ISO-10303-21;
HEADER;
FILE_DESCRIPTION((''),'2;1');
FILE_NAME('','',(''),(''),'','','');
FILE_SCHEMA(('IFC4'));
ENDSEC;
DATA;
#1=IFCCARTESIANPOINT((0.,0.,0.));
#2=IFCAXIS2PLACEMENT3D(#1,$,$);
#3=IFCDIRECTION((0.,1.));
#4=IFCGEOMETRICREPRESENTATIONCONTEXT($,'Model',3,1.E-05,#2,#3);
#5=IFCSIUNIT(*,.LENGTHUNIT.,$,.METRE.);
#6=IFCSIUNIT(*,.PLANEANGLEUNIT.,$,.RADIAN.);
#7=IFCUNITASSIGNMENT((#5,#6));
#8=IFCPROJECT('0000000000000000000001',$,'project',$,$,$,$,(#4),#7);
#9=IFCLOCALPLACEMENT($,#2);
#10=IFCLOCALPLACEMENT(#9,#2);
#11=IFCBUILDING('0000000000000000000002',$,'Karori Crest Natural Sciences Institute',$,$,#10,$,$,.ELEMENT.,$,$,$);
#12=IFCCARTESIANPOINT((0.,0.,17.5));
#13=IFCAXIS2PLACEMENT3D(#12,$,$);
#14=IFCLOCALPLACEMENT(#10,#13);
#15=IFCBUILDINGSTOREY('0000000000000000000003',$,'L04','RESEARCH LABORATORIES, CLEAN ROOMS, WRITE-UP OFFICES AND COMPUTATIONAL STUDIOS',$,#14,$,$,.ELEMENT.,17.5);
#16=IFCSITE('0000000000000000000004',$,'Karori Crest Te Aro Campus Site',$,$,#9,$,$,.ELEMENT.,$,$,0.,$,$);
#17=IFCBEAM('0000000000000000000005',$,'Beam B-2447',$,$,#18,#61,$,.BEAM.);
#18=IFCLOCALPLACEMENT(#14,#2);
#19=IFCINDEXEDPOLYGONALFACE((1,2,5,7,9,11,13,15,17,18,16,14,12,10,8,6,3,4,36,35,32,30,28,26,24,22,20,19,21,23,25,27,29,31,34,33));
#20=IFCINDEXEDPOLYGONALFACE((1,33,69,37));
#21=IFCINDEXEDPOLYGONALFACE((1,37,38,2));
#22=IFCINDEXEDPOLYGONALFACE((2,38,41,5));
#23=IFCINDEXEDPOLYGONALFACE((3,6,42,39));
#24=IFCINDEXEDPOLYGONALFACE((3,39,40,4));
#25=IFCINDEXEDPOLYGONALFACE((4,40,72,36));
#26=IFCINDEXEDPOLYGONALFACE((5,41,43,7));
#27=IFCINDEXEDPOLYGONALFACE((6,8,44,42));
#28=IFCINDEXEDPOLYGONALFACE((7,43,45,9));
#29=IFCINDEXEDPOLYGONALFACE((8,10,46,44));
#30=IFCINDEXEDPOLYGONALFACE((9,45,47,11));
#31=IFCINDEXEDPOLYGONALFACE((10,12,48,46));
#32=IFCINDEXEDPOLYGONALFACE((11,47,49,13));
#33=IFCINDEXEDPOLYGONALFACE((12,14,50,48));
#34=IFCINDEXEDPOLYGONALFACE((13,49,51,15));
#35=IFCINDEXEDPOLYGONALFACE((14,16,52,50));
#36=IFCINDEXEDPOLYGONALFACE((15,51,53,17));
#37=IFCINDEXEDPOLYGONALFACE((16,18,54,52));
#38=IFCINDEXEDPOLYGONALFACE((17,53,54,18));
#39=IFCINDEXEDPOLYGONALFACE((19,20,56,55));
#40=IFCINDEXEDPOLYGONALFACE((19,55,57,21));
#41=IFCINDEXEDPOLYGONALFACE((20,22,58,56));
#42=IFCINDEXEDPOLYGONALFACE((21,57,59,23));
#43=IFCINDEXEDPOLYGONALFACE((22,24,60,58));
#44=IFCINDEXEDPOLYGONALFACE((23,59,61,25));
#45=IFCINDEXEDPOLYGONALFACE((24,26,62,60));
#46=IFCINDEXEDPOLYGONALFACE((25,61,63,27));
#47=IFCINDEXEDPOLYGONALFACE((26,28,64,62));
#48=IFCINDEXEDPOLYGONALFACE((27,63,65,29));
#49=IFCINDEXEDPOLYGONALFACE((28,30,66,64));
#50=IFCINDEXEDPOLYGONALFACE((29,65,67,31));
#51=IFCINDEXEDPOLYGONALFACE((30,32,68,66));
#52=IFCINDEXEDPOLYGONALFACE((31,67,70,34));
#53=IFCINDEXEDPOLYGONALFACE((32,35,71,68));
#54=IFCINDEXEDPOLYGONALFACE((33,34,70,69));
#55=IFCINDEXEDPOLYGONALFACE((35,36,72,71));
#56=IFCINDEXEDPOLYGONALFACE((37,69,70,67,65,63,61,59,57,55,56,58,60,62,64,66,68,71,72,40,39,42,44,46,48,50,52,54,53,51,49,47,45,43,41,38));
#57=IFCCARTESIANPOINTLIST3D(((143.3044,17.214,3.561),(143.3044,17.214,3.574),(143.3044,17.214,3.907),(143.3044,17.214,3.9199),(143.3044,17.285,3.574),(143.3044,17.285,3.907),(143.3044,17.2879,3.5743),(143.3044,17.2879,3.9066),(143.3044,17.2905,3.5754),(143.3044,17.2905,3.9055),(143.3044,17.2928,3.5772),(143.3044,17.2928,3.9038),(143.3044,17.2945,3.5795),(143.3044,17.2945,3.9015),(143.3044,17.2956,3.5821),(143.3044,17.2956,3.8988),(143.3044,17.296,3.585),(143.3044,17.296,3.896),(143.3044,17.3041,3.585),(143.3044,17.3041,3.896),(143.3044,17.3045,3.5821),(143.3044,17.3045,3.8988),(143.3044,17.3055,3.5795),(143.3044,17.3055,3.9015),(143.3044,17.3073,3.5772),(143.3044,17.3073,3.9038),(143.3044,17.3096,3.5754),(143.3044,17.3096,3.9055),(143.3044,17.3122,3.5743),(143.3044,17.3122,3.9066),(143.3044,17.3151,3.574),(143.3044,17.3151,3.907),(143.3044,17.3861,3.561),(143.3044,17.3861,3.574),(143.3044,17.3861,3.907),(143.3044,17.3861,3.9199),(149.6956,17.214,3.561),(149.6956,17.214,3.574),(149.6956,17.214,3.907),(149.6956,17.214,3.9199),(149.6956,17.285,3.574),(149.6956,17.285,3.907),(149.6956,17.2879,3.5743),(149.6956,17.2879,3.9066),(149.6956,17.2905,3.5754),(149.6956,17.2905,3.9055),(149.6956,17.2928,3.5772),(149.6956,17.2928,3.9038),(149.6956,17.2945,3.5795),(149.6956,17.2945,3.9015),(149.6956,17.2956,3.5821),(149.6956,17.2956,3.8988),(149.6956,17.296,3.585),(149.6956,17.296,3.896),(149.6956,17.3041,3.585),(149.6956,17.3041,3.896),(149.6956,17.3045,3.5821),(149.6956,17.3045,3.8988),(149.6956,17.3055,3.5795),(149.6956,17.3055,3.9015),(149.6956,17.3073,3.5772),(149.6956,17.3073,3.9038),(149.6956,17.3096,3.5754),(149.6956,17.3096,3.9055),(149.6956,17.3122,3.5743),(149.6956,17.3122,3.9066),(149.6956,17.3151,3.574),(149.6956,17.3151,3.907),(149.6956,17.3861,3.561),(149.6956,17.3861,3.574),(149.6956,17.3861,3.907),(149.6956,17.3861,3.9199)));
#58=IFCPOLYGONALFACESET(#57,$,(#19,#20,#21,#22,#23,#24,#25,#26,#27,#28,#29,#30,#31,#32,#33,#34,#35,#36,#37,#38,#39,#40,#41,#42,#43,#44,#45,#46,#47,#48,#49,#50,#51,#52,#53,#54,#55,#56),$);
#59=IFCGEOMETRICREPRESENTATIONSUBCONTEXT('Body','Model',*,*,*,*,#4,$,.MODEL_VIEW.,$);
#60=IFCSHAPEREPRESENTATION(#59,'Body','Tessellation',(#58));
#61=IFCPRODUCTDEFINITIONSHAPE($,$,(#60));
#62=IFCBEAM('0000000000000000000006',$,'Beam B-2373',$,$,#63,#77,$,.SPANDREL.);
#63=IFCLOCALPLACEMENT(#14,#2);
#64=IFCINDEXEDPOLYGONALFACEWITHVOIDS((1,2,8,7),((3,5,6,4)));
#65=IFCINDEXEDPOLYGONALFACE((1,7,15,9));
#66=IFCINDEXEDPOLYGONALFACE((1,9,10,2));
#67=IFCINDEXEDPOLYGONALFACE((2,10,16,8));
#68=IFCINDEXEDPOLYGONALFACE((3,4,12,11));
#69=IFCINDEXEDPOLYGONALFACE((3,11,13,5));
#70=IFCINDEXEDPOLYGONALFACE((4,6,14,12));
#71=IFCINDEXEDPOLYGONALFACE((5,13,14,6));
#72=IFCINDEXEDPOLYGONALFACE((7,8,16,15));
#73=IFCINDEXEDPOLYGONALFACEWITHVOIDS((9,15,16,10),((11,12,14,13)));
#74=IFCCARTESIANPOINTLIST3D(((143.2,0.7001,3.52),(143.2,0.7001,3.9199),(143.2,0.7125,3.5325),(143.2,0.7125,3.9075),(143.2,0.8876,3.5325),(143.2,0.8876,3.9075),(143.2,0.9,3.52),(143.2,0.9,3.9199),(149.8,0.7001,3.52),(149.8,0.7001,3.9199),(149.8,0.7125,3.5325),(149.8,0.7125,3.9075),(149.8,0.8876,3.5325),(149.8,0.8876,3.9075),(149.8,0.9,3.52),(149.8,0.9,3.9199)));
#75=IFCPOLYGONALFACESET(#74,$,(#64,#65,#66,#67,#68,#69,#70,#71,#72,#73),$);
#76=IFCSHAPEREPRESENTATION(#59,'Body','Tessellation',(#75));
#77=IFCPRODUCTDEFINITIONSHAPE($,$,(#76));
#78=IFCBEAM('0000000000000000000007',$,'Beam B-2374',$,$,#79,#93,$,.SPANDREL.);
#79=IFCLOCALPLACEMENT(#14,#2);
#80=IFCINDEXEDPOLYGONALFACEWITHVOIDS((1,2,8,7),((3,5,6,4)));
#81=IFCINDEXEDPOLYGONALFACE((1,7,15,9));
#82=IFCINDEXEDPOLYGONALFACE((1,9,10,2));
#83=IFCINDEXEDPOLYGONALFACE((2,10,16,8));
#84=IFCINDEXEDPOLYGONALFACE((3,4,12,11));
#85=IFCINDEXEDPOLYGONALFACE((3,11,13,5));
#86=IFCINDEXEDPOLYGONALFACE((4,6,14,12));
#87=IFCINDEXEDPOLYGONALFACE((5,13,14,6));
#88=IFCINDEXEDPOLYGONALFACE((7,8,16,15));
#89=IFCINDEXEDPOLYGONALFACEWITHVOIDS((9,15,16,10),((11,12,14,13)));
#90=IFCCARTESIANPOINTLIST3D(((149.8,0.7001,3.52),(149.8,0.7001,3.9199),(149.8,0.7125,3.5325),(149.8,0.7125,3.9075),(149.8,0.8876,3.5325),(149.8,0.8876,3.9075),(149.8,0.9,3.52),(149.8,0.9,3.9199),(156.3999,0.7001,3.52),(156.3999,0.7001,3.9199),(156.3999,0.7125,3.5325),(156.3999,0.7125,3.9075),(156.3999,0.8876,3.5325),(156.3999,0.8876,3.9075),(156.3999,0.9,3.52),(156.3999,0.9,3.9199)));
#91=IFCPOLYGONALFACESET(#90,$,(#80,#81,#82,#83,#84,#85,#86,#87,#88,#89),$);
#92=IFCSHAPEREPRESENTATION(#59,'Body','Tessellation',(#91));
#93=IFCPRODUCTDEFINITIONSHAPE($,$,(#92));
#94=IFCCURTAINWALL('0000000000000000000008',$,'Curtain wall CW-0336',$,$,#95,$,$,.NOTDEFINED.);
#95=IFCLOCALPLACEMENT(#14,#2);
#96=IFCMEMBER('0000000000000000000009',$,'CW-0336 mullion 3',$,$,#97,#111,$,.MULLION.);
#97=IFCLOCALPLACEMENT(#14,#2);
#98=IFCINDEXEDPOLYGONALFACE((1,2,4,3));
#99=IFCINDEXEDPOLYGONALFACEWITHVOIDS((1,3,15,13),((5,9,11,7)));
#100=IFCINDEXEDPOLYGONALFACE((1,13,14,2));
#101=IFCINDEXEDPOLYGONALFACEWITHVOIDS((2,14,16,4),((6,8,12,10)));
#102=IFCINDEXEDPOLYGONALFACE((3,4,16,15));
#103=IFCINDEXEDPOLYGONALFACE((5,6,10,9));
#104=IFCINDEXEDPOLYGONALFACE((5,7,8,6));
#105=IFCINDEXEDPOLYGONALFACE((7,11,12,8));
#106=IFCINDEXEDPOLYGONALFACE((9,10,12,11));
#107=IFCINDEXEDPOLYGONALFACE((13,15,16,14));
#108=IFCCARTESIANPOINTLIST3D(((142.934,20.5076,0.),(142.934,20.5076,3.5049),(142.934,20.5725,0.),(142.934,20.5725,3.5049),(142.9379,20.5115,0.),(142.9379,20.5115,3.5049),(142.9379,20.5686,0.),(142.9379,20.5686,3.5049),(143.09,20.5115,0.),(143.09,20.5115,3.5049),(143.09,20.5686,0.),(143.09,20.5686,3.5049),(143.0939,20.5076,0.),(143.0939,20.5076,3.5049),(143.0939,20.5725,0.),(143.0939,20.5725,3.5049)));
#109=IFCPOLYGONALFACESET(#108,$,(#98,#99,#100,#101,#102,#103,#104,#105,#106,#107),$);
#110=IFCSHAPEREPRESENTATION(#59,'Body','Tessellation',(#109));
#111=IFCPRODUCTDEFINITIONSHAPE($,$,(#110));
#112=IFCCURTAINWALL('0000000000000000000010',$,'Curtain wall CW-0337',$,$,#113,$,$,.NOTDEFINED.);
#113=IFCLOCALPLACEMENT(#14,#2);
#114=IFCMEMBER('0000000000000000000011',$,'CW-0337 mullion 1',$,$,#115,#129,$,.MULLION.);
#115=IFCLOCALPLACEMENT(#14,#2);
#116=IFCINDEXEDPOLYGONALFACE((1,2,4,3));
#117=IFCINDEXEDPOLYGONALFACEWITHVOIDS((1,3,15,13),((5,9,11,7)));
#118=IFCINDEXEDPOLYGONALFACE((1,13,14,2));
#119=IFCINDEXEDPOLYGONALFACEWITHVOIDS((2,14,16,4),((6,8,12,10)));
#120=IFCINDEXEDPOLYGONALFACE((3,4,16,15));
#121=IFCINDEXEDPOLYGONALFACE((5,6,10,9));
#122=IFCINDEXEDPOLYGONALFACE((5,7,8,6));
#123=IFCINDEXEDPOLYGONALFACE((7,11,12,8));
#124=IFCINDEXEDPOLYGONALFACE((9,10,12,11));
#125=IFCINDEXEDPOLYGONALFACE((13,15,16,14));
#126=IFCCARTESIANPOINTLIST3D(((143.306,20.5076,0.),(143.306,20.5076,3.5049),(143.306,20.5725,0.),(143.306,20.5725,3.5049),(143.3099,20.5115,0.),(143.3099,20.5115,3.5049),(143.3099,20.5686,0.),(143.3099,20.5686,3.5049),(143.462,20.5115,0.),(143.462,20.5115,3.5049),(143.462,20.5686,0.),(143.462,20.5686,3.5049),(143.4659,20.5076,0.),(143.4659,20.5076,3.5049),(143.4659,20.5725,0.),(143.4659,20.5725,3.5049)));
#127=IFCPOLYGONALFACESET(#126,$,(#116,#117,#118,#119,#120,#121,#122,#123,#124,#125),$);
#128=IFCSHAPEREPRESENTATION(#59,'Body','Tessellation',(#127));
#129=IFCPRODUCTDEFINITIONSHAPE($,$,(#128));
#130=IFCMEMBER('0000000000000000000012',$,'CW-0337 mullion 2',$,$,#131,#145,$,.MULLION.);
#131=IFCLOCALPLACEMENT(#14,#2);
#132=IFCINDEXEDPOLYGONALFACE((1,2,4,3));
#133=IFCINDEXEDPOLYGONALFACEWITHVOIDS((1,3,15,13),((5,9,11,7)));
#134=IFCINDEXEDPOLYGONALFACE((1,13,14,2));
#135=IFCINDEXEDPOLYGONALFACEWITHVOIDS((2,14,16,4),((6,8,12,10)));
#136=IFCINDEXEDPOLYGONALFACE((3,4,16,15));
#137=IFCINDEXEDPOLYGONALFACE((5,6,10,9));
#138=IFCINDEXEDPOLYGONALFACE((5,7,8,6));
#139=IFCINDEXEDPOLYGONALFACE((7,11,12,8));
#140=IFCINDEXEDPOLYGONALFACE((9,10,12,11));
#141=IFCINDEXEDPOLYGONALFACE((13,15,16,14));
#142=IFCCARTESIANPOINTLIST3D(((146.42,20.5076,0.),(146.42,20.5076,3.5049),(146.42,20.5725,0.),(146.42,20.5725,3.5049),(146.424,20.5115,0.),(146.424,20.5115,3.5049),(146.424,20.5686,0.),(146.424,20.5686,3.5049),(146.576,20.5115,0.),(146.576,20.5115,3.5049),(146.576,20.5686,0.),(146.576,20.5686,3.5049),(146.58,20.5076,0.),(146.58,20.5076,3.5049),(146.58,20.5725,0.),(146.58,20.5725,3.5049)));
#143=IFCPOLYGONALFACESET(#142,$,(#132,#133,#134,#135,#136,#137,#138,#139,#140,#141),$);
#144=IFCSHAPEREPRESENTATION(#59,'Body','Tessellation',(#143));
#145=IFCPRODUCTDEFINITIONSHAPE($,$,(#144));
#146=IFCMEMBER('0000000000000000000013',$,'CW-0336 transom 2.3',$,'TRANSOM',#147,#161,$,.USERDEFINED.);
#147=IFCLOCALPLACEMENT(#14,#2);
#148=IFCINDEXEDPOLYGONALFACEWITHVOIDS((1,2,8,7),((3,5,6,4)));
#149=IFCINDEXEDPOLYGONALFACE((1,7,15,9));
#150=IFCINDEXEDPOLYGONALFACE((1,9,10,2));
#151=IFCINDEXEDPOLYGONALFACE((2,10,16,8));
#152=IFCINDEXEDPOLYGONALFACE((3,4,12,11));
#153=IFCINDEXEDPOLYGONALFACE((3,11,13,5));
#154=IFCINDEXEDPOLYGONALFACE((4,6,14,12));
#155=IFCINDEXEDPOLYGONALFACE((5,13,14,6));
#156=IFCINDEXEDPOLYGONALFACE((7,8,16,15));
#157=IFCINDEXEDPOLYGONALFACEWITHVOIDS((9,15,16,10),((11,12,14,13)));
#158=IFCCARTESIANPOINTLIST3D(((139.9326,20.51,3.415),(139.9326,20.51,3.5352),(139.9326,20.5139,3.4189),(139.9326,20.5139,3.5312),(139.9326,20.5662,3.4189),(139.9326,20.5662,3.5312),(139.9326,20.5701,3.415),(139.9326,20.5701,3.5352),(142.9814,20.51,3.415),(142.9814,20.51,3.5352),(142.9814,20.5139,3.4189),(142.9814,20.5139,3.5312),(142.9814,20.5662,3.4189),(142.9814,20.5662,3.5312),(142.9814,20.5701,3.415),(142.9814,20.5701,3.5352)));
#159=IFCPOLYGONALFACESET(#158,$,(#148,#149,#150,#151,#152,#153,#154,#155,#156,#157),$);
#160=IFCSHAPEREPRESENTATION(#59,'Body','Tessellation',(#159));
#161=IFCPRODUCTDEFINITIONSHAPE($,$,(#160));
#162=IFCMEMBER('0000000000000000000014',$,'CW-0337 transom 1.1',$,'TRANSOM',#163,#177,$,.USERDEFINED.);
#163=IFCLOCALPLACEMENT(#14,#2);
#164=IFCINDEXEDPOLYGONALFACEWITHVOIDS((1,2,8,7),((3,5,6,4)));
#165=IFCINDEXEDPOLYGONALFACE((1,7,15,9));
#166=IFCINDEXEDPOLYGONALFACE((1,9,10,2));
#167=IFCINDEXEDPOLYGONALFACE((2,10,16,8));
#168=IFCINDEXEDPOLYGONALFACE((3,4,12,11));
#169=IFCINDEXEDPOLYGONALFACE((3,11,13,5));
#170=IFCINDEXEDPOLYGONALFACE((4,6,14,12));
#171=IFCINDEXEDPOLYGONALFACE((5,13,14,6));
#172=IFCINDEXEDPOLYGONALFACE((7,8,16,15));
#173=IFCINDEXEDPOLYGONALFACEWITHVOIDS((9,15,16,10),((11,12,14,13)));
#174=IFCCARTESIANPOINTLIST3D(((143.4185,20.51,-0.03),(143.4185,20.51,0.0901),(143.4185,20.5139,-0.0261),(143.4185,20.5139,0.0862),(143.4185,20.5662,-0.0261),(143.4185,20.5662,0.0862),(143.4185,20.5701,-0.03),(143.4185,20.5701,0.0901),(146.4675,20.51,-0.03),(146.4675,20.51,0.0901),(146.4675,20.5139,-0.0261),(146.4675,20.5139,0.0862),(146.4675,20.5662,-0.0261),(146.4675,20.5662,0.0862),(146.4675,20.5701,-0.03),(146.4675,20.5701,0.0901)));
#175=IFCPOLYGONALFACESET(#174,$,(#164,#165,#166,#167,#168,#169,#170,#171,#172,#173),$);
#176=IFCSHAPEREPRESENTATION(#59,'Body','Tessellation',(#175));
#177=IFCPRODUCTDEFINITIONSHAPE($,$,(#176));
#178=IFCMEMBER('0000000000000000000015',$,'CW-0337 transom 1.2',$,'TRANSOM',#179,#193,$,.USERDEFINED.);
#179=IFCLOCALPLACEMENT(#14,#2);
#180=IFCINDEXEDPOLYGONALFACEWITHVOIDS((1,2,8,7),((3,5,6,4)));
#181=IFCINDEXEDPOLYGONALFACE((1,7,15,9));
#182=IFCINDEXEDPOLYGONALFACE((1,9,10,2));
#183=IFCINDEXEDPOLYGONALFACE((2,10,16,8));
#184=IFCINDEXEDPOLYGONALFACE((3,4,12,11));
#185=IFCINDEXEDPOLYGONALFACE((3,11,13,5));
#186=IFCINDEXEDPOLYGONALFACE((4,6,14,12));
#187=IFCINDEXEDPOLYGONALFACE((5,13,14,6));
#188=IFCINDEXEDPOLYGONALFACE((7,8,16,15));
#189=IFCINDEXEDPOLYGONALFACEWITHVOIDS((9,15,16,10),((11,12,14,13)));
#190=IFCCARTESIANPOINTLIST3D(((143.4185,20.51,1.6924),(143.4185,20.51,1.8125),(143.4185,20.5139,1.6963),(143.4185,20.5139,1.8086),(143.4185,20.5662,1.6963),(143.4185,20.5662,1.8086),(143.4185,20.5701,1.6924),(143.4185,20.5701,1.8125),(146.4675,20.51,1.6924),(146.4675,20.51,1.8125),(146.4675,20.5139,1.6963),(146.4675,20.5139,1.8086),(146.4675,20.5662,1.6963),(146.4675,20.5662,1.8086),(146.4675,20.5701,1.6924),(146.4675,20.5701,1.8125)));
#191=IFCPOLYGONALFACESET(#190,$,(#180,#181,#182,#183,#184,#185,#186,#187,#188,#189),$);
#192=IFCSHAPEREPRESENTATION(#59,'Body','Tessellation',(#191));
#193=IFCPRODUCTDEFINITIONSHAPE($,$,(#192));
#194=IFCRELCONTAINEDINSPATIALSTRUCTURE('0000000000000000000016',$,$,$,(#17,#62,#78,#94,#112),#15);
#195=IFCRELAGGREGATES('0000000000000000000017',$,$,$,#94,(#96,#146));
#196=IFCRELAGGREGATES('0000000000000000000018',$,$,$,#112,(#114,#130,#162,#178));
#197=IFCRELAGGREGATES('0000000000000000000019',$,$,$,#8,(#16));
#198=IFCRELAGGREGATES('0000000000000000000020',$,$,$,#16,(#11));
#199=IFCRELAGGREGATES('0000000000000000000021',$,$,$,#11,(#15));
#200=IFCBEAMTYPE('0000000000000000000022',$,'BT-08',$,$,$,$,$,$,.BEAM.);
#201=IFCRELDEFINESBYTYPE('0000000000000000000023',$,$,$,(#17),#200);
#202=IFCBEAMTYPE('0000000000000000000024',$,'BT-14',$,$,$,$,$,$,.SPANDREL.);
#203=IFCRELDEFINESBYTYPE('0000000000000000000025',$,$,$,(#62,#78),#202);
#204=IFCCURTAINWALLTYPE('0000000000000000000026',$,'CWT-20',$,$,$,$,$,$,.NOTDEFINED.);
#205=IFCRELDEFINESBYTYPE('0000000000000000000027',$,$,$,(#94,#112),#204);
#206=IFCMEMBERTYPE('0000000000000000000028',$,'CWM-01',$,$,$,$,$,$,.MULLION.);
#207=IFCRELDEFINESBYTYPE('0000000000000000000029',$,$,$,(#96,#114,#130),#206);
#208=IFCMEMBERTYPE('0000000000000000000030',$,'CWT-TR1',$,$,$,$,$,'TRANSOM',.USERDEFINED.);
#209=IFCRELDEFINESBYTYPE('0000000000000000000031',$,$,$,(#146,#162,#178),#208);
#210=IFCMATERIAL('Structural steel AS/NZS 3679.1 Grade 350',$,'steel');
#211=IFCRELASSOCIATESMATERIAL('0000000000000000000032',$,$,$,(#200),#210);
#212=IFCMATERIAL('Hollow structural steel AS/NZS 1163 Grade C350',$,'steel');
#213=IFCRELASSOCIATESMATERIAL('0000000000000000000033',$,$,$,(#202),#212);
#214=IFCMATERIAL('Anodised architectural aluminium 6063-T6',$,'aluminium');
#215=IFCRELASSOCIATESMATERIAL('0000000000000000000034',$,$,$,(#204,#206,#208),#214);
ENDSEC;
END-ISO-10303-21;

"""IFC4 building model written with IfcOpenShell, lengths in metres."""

from ifc_helpers import new_model, si_unit, direction, frame, origin, origin_2d, place, context, subcontext, project, spatial, hollow_rectangle, i_section, extrude, material, material_profile, profile_set, type_object, element, aggregate, save


model = new_model("IFC4")

# Units and contexts
model_context = context("Model", 3, precision=1e-05, world=origin(), true_north=direction((0.0, 1.0)))
body_context = subcontext(model_context, "Body", "Model", "MODEL_VIEW")
ifc_project = project(units=[si_unit("LENGTHUNIT", "METRE"), si_unit("PLANEANGLEUNIT", "RADIAN")], contexts=[model_context])

# Site, building, storey
site_placement = place(None, origin())
site = spatial("IfcSite", under=ifc_project, at=site_placement, Name="Karori Crest Te Aro Campus Site", CompositionType="ELEMENT", RefElevation=0.0)
building_placement = place(site_placement, origin())
building = spatial("IfcBuilding", under=site, at=building_placement, Name="Karori Crest Natural Sciences Institute", CompositionType="ELEMENT")
storey_placement = place(building_placement, frame((0.0, 0.0, 17.5)))
storey = spatial("IfcBuildingStorey", under=building, at=storey_placement, Name="L04", Description="RESEARCH LABORATORIES, CLEAN ROOMS, WRITE-UP OFFICES AND COMPUTATIONAL STUDIOS", CompositionType="ELEMENT", Elevation=17.5)

# Shared definitions
ifc_material_1 = material(Name="Structural steel AS/NZS 3679.1 Grade 350", Category="steel")

# Beams
ifc_material_profile_1 = material_profile(ifc_material_1, i_section(OverallWidth=0.1721, OverallDepth=0.3589, WebThickness=0.0081, FlangeThickness=0.0129, FilletRadius=0.011, at=origin_2d()), Name="360UB56.7")
ifc_profile_set_1 = profile_set([ifc_material_profile_1], Name="Structural steel AS/NZS 3679.1 Grade 350")
beam_type_1 = type_object("IfcBeamType", Name="BT-08", PredefinedType="BEAM", material=ifc_profile_set_1)
for number, where, z_axis, x_axis, name in (
    (1, (143.3044, 17.3, 3.7405), (1.0, 0.0, 0.0), (0.0, 1.0, 0.0), "Beam B-2447"),
):
    element("IfcBeam", number, at=place(storey_placement, frame(where, z_axis=z_axis, x_axis=x_axis)), inside=storey, type_object=beam_type_1, Name=name, PredefinedType="BEAM", context=body_context, shape_type="SweptSolid", body=[
        extrude(i_section(OverallWidth=0.1721, OverallDepth=0.3589, WebThickness=0.0081, FlangeThickness=0.0129, FilletRadius=0.011, at=origin_2d()), origin(), (0.0, 0.0, 1.0), 6.3911),
    ])
ifc_material_2 = material(Name="Hollow structural steel AS/NZS 1163 Grade C350", Category="steel")
ifc_material_profile_2 = material_profile(ifc_material_2, hollow_rectangle(XDim=0.2, YDim=0.3999, WallThickness=0.0125, at=origin_2d()), Name="RHS400x200x12.5")
ifc_profile_set_2 = profile_set([ifc_material_profile_2], Name="Hollow structural steel AS/NZS 1163 Grade C350")
beam_type_2 = type_object("IfcBeamType", Name="BT-14", PredefinedType="SPANDREL", material=ifc_profile_set_2)
beam_1_placement = place(storey_placement, frame((143.2, 0.8, 3.72), z_axis=(1.0, 0.0, 0.0), x_axis=(0.0, 1.0, 0.0)))
element("IfcBeam", 2, at=beam_1_placement, inside=storey, type_object=beam_type_2, Name="Beam B-2373", PredefinedType="SPANDREL", context=body_context, shape_type="SweptSolid", body=[
    extrude(hollow_rectangle(XDim=0.2, YDim=0.3999, WallThickness=0.0125, at=origin_2d()), origin(), (0.0, 0.0, 1.0), 6.6001),
])
beam_2_placement = place(storey_placement, frame((149.8, 0.8, 3.72), z_axis=(1.0, 0.0, 0.0), x_axis=(0.0, 1.0, 0.0)))
element("IfcBeam", 3, at=beam_2_placement, inside=storey, type_object=beam_type_2, Name="Beam B-2374", PredefinedType="SPANDREL", context=body_context, shape_type="SweptSolid", body=[
    extrude(hollow_rectangle(XDim=0.2, YDim=0.3999, WallThickness=0.0125, at=origin_2d()), origin(), (0.0, 0.0, 1.0), 6.5999),
])

# Curtain wall, member
ifc_material_3 = material(Name="Anodised architectural aluminium 6063-T6", Category="aluminium")
curtain_wall_type = type_object("IfcCurtainWallType", Name="CWT-20", PredefinedType="NOTDEFINED", material=ifc_material_3)
curtain_wall_1_placement = place(storey_placement, origin())
curtain_wall_1 = element("IfcCurtainWall", 4, at=curtain_wall_1_placement, inside=storey, type_object=curtain_wall_type, Name="Curtain wall CW-0336", PredefinedType="NOTDEFINED")
ifc_material_profile_3 = material_profile(ifc_material_3, hollow_rectangle(XDim=0.0649, YDim=0.1599, WallThickness=0.0039, at=origin_2d()), Name="CWM160x65x4")
ifc_profile_set_3 = profile_set([ifc_material_profile_3], Name="Anodised architectural aluminium 6063-T6")
member_type_1 = type_object("IfcMemberType", Name="CWM-01", PredefinedType="MULLION", material=ifc_profile_set_3)
member_1_placement = place(storey_placement, frame((143.0139, 20.54, 0.0), z_axis=(0.0, 0.0, 1.0), x_axis=(0.0, 1.0, 0.0)))
member_1 = element("IfcMember", 5, at=member_1_placement, type_object=member_type_1, Name="CW-0336 mullion 3", PredefinedType="MULLION", context=body_context, shape_type="SweptSolid", body=[
    extrude(hollow_rectangle(XDim=0.0649, YDim=0.1599, WallThickness=0.0039, at=origin_2d()), origin(), (0.0, 0.0, 1.0), 3.5049),
])

# Curtain wall, members
curtain_wall_2_placement = place(storey_placement, origin())
curtain_wall_2 = element("IfcCurtainWall", 6, at=curtain_wall_2_placement, inside=storey, type_object=curtain_wall_type, Name="Curtain wall CW-0337", PredefinedType="NOTDEFINED")
member_2_placement = place(storey_placement, frame((143.386, 20.54, 0.0), z_axis=(0.0, 0.0, 1.0), x_axis=(0.0, 1.0, 0.0)))
member_2 = element("IfcMember", 7, at=member_2_placement, type_object=member_type_1, Name="CW-0337 mullion 1", PredefinedType="MULLION", context=body_context, shape_type="SweptSolid", body=[
    extrude(hollow_rectangle(XDim=0.0649, YDim=0.1599, WallThickness=0.0039, at=origin_2d()), origin(), (0.0, 0.0, 1.0), 3.5049),
])
member_3_placement = place(storey_placement, frame((146.5, 20.54, 0.0), z_axis=(0.0, 0.0, 1.0), x_axis=(0.0, 1.0, 0.0)))
member_3 = element("IfcMember", 8, at=member_3_placement, type_object=member_type_1, Name="CW-0337 mullion 2", PredefinedType="MULLION", context=body_context, shape_type="SweptSolid", body=[
    extrude(hollow_rectangle(XDim=0.0649, YDim=0.1599, WallThickness=0.0039, at=origin_2d()), origin(), (0.0, 0.0, 1.0), 3.5049),
])

# Members
ifc_material_profile_4 = material_profile(ifc_material_3, hollow_rectangle(XDim=0.0601, YDim=0.1201, WallThickness=0.0039, at=origin_2d()), Name="CWT120x60x4")
ifc_profile_set_4 = profile_set([ifc_material_profile_4], Name="Anodised architectural aluminium 6063-T6")
member_type_2 = type_object("IfcMemberType", Name="CWT-TR1", ElementType="TRANSOM", PredefinedType="USERDEFINED", material=ifc_profile_set_4)
member_4_placement = place(storey_placement, frame((139.9326, 20.54, 3.4751), z_axis=(1.0, 0.0, 0.0), x_axis=(0.0, 1.0, 0.0)))
member_4 = element("IfcMember", 9, at=member_4_placement, type_object=member_type_2, Name="CW-0336 transom 2.3", ObjectType="TRANSOM", PredefinedType="USERDEFINED", context=body_context, shape_type="SweptSolid", body=[
    extrude(hollow_rectangle(XDim=0.0601, YDim=0.1201, WallThickness=0.0039, at=origin_2d()), origin(), (0.0, 0.0, 1.0), 3.0488),
])
member_5_placement = place(storey_placement, frame((143.4185, 20.54, 0.03), z_axis=(1.0, 0.0, 0.0), x_axis=(0.0, 1.0, 0.0)))
member_5 = element("IfcMember", 10, at=member_5_placement, type_object=member_type_2, Name="CW-0337 transom 1.1", ObjectType="TRANSOM", PredefinedType="USERDEFINED", context=body_context, shape_type="SweptSolid", body=[
    extrude(hollow_rectangle(XDim=0.0601, YDim=0.1201, WallThickness=0.0039, at=origin_2d()), origin(), (0.0, 0.0, 1.0), 3.0491),
])
member_6_placement = place(storey_placement, frame((143.4185, 20.54, 1.7524), z_axis=(1.0, 0.0, 0.0), x_axis=(0.0, 1.0, 0.0)))
member_6 = element("IfcMember", 11, at=member_6_placement, type_object=member_type_2, Name="CW-0337 transom 1.2", ObjectType="TRANSOM", PredefinedType="USERDEFINED", context=body_context, shape_type="SweptSolid", body=[
    extrude(hollow_rectangle(XDim=0.0601, YDim=0.1201, WallThickness=0.0039, at=origin_2d()), origin(), (0.0, 0.0, 1.0), 3.0491),
])

aggregate(curtain_wall_1, [member_1, member_4])
aggregate(curtain_wall_2, [member_2, member_3, member_5, member_6])

save(model, "model.ifc")
